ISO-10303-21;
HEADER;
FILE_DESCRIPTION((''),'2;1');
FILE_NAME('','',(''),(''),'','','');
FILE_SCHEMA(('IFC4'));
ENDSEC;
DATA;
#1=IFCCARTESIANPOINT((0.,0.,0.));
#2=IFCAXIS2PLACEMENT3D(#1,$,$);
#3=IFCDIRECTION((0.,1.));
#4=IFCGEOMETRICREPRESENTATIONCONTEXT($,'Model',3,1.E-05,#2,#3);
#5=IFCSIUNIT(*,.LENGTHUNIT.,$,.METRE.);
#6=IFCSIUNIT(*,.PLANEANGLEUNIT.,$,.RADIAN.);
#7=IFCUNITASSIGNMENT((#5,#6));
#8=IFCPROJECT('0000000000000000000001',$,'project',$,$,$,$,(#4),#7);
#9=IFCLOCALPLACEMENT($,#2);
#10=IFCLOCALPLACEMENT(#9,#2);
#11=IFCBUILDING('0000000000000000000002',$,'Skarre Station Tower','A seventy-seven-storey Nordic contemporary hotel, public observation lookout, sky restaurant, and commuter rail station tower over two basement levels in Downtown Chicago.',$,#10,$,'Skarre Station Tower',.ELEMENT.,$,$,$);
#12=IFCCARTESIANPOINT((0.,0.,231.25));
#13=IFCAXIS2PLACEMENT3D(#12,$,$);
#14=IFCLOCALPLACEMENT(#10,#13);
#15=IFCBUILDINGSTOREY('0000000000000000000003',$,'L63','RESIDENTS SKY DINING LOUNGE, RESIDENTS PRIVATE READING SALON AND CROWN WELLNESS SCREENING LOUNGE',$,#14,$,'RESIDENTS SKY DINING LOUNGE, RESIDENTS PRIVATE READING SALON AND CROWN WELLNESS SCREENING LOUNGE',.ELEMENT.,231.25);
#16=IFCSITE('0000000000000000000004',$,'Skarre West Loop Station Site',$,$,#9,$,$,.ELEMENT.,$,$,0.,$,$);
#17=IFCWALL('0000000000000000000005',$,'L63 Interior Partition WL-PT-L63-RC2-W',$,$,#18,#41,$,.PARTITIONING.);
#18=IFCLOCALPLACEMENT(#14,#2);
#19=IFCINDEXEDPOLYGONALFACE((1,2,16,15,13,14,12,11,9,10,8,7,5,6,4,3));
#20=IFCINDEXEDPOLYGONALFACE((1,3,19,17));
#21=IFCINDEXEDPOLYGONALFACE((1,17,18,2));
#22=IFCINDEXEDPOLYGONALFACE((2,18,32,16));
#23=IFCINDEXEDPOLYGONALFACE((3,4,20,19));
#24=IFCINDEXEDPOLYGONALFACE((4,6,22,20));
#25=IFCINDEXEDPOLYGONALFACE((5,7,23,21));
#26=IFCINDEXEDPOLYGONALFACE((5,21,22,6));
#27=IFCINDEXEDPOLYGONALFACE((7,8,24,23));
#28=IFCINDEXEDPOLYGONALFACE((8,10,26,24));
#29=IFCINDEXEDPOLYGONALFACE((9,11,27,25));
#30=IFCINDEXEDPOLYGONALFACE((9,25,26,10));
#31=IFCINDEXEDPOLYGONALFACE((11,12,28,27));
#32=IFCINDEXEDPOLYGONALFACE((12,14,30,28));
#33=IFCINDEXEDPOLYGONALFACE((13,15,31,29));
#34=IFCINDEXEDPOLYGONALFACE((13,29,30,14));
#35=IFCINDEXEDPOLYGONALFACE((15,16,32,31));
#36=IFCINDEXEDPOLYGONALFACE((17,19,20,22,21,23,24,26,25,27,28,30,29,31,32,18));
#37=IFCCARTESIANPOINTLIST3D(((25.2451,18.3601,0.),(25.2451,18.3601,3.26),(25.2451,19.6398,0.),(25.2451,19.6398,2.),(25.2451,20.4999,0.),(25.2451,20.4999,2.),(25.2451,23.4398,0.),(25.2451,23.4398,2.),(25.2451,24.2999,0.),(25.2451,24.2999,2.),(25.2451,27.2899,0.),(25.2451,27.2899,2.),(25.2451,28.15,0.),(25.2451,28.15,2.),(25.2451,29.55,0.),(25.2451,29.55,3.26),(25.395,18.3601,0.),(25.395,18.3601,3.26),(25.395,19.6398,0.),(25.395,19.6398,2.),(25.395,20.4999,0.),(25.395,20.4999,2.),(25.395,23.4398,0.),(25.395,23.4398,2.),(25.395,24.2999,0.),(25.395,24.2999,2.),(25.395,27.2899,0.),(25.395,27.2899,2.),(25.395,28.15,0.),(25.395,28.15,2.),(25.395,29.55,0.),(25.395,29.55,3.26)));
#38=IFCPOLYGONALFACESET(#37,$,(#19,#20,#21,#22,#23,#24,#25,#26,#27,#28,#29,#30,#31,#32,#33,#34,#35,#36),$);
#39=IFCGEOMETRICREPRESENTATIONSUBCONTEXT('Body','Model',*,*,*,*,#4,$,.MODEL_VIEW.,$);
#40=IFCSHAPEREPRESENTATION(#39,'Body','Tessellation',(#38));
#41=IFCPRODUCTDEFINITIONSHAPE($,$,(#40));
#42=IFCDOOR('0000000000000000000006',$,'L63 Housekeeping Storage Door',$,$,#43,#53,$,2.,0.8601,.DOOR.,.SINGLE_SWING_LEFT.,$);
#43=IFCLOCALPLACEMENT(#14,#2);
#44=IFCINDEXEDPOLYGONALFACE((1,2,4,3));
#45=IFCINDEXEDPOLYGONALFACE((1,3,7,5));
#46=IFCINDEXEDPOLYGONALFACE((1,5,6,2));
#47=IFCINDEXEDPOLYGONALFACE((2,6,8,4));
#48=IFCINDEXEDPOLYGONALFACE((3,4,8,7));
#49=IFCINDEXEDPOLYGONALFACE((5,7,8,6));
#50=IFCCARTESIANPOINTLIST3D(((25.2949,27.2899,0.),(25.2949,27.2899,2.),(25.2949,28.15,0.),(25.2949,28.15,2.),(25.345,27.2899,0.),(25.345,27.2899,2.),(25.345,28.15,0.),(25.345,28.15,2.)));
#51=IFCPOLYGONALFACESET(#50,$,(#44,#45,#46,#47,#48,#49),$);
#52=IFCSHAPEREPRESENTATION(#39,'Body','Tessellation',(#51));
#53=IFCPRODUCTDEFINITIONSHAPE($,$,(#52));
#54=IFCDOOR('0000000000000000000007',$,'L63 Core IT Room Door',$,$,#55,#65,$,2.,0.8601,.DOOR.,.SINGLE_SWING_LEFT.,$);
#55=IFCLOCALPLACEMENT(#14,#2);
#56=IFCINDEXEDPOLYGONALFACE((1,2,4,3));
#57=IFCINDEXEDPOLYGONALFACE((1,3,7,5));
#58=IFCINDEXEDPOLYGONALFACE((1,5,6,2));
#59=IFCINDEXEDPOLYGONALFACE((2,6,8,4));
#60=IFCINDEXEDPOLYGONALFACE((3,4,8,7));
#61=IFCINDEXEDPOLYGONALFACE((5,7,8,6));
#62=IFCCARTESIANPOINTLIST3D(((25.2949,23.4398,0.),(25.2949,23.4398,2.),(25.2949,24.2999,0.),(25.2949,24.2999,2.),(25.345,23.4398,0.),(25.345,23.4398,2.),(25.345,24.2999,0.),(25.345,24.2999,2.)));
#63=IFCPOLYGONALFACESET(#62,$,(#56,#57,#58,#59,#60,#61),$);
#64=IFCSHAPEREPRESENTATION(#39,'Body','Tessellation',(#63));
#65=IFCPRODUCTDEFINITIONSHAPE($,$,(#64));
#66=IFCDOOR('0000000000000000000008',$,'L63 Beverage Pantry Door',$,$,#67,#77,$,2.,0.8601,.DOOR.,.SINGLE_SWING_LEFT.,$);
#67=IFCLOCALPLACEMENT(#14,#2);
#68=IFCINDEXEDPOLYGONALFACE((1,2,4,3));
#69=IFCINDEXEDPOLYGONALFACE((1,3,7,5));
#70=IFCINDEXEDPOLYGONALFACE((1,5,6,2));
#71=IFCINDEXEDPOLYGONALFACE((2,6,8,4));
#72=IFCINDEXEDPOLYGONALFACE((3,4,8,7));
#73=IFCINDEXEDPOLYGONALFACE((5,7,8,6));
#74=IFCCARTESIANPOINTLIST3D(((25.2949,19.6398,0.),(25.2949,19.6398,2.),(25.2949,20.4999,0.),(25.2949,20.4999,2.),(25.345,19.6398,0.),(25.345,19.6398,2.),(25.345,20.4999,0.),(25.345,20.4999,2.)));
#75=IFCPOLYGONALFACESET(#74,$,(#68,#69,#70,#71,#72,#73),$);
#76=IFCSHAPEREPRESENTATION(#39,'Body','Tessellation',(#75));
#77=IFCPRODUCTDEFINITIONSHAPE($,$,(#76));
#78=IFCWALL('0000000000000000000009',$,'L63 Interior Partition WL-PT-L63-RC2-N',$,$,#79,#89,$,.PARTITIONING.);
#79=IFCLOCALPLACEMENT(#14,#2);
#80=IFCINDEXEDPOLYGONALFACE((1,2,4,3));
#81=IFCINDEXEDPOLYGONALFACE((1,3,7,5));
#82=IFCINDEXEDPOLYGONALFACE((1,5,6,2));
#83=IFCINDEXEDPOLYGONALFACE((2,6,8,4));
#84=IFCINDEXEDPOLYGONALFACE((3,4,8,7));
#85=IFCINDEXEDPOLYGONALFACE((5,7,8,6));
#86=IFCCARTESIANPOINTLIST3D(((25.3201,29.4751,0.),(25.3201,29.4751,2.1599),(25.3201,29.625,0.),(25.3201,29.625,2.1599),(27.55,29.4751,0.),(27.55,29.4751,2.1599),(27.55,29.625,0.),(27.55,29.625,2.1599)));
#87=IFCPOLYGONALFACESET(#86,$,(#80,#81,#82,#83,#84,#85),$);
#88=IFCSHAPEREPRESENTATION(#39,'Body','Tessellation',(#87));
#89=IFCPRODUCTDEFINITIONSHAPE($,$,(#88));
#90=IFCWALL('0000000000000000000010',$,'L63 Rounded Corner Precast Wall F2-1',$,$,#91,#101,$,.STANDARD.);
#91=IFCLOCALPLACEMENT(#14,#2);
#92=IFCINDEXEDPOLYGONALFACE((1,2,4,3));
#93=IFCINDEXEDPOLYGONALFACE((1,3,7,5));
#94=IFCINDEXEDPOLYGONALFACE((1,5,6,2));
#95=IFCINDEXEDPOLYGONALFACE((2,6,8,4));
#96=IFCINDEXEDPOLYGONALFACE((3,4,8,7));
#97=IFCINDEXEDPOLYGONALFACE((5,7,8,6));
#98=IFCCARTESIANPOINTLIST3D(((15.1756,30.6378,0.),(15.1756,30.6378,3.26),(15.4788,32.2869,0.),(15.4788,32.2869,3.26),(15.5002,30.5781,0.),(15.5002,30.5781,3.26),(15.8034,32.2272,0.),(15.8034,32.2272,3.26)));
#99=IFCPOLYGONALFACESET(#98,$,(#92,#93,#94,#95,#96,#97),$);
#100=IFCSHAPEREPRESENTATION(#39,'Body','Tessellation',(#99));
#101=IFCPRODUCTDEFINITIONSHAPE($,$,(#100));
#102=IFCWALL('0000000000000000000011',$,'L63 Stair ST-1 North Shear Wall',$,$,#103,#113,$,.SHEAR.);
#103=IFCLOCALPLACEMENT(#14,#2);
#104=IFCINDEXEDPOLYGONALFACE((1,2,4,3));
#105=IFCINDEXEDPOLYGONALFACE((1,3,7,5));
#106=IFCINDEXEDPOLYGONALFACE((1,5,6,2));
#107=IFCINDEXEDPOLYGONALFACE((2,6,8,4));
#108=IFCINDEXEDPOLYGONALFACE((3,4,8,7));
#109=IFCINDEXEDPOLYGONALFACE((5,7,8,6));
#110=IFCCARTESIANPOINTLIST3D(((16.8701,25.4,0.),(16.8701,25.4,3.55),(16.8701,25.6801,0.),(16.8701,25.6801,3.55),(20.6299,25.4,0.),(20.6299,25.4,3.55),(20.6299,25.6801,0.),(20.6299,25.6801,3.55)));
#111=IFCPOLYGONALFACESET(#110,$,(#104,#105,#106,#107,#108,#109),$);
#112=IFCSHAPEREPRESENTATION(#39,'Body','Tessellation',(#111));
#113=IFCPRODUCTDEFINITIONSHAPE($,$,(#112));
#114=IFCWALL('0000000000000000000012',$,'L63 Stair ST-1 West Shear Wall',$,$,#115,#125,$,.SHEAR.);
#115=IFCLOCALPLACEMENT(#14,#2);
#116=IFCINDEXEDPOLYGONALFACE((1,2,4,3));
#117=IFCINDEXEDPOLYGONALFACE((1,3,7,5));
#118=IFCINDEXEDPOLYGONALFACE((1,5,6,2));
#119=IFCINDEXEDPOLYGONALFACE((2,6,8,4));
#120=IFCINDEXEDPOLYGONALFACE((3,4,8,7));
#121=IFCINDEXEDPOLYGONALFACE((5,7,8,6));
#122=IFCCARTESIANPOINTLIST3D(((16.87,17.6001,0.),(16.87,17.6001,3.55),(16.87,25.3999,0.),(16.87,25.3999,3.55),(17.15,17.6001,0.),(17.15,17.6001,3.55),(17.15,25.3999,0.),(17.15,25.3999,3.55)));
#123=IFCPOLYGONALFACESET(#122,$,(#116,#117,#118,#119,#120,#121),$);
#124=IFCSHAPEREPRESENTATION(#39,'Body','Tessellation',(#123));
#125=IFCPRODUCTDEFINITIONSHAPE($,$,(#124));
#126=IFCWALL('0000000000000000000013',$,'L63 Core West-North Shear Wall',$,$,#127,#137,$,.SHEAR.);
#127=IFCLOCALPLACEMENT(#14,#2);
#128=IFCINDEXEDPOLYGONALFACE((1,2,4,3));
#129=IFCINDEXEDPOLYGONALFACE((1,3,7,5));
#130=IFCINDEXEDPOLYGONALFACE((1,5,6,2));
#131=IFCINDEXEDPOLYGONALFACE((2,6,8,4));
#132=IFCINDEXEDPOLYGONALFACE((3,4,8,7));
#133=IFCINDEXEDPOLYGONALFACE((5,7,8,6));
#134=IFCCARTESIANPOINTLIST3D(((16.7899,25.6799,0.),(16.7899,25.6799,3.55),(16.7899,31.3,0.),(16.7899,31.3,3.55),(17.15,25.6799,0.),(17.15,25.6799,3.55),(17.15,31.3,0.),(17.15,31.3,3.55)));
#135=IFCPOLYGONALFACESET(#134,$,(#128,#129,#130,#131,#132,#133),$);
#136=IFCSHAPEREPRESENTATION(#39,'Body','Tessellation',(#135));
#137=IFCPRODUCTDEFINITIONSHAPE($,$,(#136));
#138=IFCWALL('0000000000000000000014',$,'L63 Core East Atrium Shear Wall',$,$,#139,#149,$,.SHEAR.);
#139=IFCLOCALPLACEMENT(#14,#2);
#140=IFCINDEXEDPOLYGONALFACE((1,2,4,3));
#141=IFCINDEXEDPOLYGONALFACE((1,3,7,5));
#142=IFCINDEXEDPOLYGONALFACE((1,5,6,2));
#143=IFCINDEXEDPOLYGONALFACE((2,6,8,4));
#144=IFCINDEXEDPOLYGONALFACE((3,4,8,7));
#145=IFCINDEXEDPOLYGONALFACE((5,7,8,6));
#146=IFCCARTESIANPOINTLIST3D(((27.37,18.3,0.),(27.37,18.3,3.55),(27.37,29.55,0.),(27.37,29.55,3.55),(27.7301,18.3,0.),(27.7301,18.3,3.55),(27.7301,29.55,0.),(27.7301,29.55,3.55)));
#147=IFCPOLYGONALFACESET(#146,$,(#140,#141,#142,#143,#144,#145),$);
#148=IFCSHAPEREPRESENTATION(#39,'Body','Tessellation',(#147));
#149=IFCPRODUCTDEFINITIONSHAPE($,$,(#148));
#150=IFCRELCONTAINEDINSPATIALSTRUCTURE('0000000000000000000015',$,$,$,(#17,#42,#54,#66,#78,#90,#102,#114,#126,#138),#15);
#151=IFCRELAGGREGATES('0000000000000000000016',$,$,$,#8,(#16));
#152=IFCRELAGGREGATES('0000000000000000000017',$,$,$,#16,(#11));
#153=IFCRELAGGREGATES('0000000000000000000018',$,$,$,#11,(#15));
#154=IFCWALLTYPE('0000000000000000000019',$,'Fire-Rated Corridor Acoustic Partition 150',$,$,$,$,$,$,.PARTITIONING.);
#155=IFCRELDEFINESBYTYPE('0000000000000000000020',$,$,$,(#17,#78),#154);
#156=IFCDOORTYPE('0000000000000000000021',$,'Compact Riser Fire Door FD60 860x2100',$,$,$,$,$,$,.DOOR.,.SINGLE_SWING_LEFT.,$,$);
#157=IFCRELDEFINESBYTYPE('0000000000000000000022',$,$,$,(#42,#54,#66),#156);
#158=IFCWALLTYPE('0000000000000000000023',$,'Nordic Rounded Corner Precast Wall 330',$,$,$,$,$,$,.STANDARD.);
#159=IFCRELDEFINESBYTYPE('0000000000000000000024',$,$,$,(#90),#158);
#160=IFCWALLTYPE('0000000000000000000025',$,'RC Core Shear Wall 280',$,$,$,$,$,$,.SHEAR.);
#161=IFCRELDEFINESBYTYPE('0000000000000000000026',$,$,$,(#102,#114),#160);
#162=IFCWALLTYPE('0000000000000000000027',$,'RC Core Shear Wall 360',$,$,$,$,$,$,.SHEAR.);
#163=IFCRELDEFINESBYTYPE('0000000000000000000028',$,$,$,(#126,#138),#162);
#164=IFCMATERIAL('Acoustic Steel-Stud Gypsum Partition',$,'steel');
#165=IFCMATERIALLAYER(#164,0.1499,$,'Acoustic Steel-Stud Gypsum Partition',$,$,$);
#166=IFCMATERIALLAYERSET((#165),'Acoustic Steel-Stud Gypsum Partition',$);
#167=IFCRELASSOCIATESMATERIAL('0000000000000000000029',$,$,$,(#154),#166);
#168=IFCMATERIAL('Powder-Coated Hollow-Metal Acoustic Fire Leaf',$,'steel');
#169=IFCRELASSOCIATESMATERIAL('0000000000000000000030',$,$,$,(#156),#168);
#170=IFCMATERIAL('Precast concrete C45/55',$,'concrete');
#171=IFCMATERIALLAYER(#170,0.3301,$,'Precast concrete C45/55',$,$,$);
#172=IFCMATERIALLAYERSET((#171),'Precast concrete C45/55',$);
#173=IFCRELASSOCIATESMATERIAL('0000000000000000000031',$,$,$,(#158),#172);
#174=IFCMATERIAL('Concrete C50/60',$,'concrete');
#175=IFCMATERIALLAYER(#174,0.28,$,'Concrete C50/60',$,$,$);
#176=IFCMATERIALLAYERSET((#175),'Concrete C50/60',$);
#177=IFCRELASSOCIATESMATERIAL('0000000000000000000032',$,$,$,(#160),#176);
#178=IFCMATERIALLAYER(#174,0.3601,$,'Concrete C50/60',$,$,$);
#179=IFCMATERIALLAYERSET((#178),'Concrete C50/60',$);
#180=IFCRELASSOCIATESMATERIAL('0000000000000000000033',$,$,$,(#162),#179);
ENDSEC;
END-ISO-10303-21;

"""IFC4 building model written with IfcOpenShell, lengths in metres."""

from ifc_helpers import new_model, si_unit, direction, frame, frame_2d, origin, place, context, subcontext, project, spatial, rectangle, extrude, material, layer, layer_set, type_object, element, fill, save


model = new_model("IFC4")

# Units and contexts
model_context = context("Model", 3, precision=1e-05, world=origin(), true_north=direction((0.0, 1.0)))
body_context = subcontext(model_context, "Body", "Model", "MODEL_VIEW")
ifc_project = project(units=[si_unit("LENGTHUNIT", "METRE"), si_unit("PLANEANGLEUNIT", "RADIAN")], contexts=[model_context])

# Site, building, storey
site_placement = place(None, origin())
site = spatial("IfcSite", under=ifc_project, at=site_placement, Name="Skarre West Loop Station Site", CompositionType="ELEMENT", RefElevation=0.0)
building_placement = place(site_placement, origin())
building = spatial("IfcBuilding", under=site, at=building_placement, Name="Skarre Station Tower", Description="A seventy-seven-storey Nordic contemporary hotel, public observation lookout, sky restaurant, and commuter rail station tower over two basement levels in Downtown Chicago.", LongName="Skarre Station Tower", CompositionType="ELEMENT")
storey_placement = place(building_placement, frame((0.0, 0.0, 231.25)))
storey = spatial("IfcBuildingStorey", under=building, at=storey_placement, Name="L63", Description="RESIDENTS SKY DINING LOUNGE, RESIDENTS PRIVATE READING SALON AND CROWN WELLNESS SCREENING LOUNGE", LongName="RESIDENTS SKY DINING LOUNGE, RESIDENTS PRIVATE READING SALON AND CROWN WELLNESS SCREENING LOUNGE", CompositionType="ELEMENT", Elevation=231.25)

# Shared definitions
ifc_material_1 = material(Name="Concrete C50/60", Category="concrete")

# Shared definitions
ifc_material_2 = material(Name="Acoustic Steel-Stud Gypsum Partition", Category="steel")
ifc_layer_1 = layer(ifc_material_2, 0.1499, Name="Acoustic Steel-Stud Gypsum Partition")
ifc_layer_set_1 = layer_set([ifc_layer_1], Name="Acoustic Steel-Stud Gypsum Partition")
wall_type_1 = type_object("IfcWallType", Name="Fire-Rated Corridor Acoustic Partition 150", PredefinedType="PARTITIONING", material=ifc_layer_set_1)

# Wall, openings, doors
wall_1_placement = place(storey_placement, frame((25.3201, 29.55, 0.0), z_axis=(0.0, 0.0, 1.0), x_axis=(0.0, -1.0, 0.0)))
wall_1 = element("IfcWall", 1, at=wall_1_placement, inside=storey, type_object=wall_type_1, Name="L63 Interior Partition WL-PT-L63-RC2-W", PredefinedType="PARTITIONING", context=body_context, shape_type="SweptSolid", body=[
    extrude(rectangle(XDim=11.1899, YDim=0.1499, at=frame_2d((5.595, 0.0))), origin(), (0.0, 0.0, 1.0), 3.26),
])
opening_1_placement = place(wall_1_placement, frame((1.3999, 0.0, 0.0)))
opening_1 = element("IfcOpeningElement", 2, at=opening_1_placement, cuts=wall_1, PredefinedType="OPENING", context=body_context, shape_type="SweptSolid", body=[
    extrude(rectangle(XDim=0.8601, YDim=2.0, at=frame_2d((0.4302, 1.0))), frame((0.0, 0.085, 0.0), z_axis=(0.0, -1.0, 0.0), x_axis=(1.0, 0.0, 0.0)), (0.0, 0.0, 1.0), 0.1699),
])
opening_2_placement = place(wall_1_placement, frame((5.25, 0.0, 0.0)))
opening_2 = element("IfcOpeningElement", 3, at=opening_2_placement, cuts=wall_1, PredefinedType="OPENING", context=body_context, shape_type="SweptSolid", body=[
    extrude(rectangle(XDim=0.8601, YDim=2.0, at=frame_2d((0.4302, 1.0))), frame((0.0, 0.085, 0.0), z_axis=(0.0, -1.0, 0.0), x_axis=(1.0, 0.0, 0.0)), (0.0, 0.0, 1.0), 0.1699),
])
opening_3_placement = place(wall_1_placement, frame((9.05, 0.0, 0.0)))
opening_3 = element("IfcOpeningElement", 4, at=opening_3_placement, cuts=wall_1, PredefinedType="OPENING", context=body_context, shape_type="SweptSolid", body=[
    extrude(rectangle(XDim=0.8601, YDim=2.0, at=frame_2d((0.4302, 1.0))), frame((0.0, 0.085, 0.0), z_axis=(0.0, -1.0, 0.0), x_axis=(1.0, 0.0, 0.0)), (0.0, 0.0, 1.0), 0.1699),
])
ifc_material_3 = material(Name="Powder-Coated Hollow-Metal Acoustic Fire Leaf", Category="steel")
door_type_1 = type_object("IfcDoorType", Name="Compact Riser Fire Door FD60 860x2100", OperationType="SINGLE_SWING_LEFT", PredefinedType="DOOR", material=ifc_material_3)
door_1_placement = place(opening_1_placement, origin())
door_1 = element("IfcDoor", 5, at=door_1_placement, inside=storey, type_object=door_type_1, Name="L63 Housekeeping Storage Door", OperationType="SINGLE_SWING_LEFT", OverallHeight=2.0, OverallWidth=0.8601, PredefinedType="DOOR", context=body_context, shape_type="SweptSolid", body=[
    extrude(rectangle(XDim=0.8601, YDim=2.0, at=frame_2d((0.4302, 1.0))), frame((0.0, 0.0249, 0.0), z_axis=(0.0, -1.0, 0.0), x_axis=(1.0, 0.0, 0.0)), (0.0, 0.0, 1.0), 0.05),
])
fill(opening_1, door_1)
door_2_placement = place(opening_2_placement, origin())
door_2 = element("IfcDoor", 6, at=door_2_placement, inside=storey, type_object=door_type_1, Name="L63 Core IT Room Door", OperationType="SINGLE_SWING_LEFT", OverallHeight=2.0, OverallWidth=0.8601, PredefinedType="DOOR", context=body_context, shape_type="SweptSolid", body=[
    extrude(rectangle(XDim=0.8601, YDim=2.0, at=frame_2d((0.4302, 1.0))), frame((0.0, 0.0249, 0.0), z_axis=(0.0, -1.0, 0.0), x_axis=(1.0, 0.0, 0.0)), (0.0, 0.0, 1.0), 0.05),
])
fill(opening_2, door_2)
door_3_placement = place(opening_3_placement, origin())
door_3 = element("IfcDoor", 7, at=door_3_placement, inside=storey, type_object=door_type_1, Name="L63 Beverage Pantry Door", OperationType="SINGLE_SWING_LEFT", OverallHeight=2.0, OverallWidth=0.8601, PredefinedType="DOOR", context=body_context, shape_type="SweptSolid", body=[
    extrude(rectangle(XDim=0.8601, YDim=2.0, at=frame_2d((0.4302, 1.0))), frame((0.0, 0.0249, 0.0), z_axis=(0.0, -1.0, 0.0), x_axis=(1.0, 0.0, 0.0)), (0.0, 0.0, 1.0), 0.05),
])
fill(opening_3, door_3)

# Walls
wall_2_placement = place(storey_placement, frame((27.55, 29.55, 0.0), z_axis=(0.0, 0.0, 1.0), x_axis=(-1.0, 0.0, 0.0)))
element("IfcWall", 8, at=wall_2_placement, inside=storey, type_object=wall_type_1, Name="L63 Interior Partition WL-PT-L63-RC2-N", PredefinedType="PARTITIONING", context=body_context, shape_type="SweptSolid", body=[
    extrude(rectangle(XDim=2.23, YDim=0.1499, at=frame_2d((1.115, 0.0))), origin(), (0.0, 0.0, 1.0), 2.1599),
])
ifc_material_4 = material(Name="Precast concrete C45/55", Category="concrete")
ifc_layer_2 = layer(ifc_material_4, 0.3301, Name="Precast concrete C45/55")
ifc_layer_set_2 = layer_set([ifc_layer_2], Name="Precast concrete C45/55")
wall_type_2 = type_object("IfcWallType", Name="Nordic Rounded Corner Precast Wall 330", PredefinedType="STANDARD", material=ifc_layer_set_2)
wall_3_placement = place(storey_placement, frame((15.3379, 30.6079, 0.0), z_axis=(0.0, 0.0, 1.0), x_axis=(0.180833, 0.983514, 0.0)))
element("IfcWall", 9, at=wall_3_placement, inside=storey, type_object=wall_type_2, Name="L63 Rounded Corner Precast Wall F2-1", PredefinedType="STANDARD", context=body_context, shape_type="SweptSolid", body=[
    extrude(rectangle(XDim=1.6768, YDim=0.3301, at=frame_2d((0.8384, 0.0))), origin(), (0.0, 0.0, 1.0), 3.26),
])
ifc_layer_3 = layer(ifc_material_1, 0.28, Name="Concrete C50/60")
ifc_layer_set_3 = layer_set([ifc_layer_3], Name="Concrete C50/60")
wall_type_3 = type_object("IfcWallType", Name="RC Core Shear Wall 280", PredefinedType="SHEAR", material=ifc_layer_set_3)
wall_4_placement = place(storey_placement, frame((20.6299, 25.54, 0.0), z_axis=(0.0, 0.0, 1.0), x_axis=(-1.0, 0.0, 0.0)))
element("IfcWall", 10, at=wall_4_placement, inside=storey, type_object=wall_type_3, Name="L63 Stair ST-1 North Shear Wall", PredefinedType="SHEAR", context=body_context, shape_type="SweptSolid", body=[
    extrude(rectangle(XDim=3.7598, YDim=0.28, at=frame_2d((1.8799, 0.0))), origin(), (0.0, 0.0, 1.0), 3.55),
])
wall_5_placement = place(storey_placement, frame((17.01, 25.3999, 0.0), z_axis=(0.0, 0.0, 1.0), x_axis=(0.0, -1.0, 0.0)))
element("IfcWall", 11, at=wall_5_placement, inside=storey, type_object=wall_type_3, Name="L63 Stair ST-1 West Shear Wall", PredefinedType="SHEAR", context=body_context, shape_type="SweptSolid", body=[
    extrude(rectangle(XDim=7.7998, YDim=0.28, at=frame_2d((3.8999, 0.0))), origin(), (0.0, 0.0, 1.0), 3.55),
])
ifc_layer_4 = layer(ifc_material_1, 0.3601, Name="Concrete C50/60")
ifc_layer_set_4 = layer_set([ifc_layer_4], Name="Concrete C50/60")
wall_type_4 = type_object("IfcWallType", Name="RC Core Shear Wall 360", PredefinedType="SHEAR", material=ifc_layer_set_4)
wall_6_placement = place(storey_placement, frame((16.97, 25.6799, 0.0), z_axis=(0.0, 0.0, 1.0), x_axis=(0.0, 1.0, 0.0)))
element("IfcWall", 12, at=wall_6_placement, inside=storey, type_object=wall_type_4, Name="L63 Core West-North Shear Wall", PredefinedType="SHEAR", context=body_context, shape_type="SweptSolid", body=[
    extrude(rectangle(XDim=5.6201, YDim=0.3601, at=frame_2d((2.8101, 0.0))), origin(), (0.0, 0.0, 1.0), 3.55),
])
wall_7_placement = place(storey_placement, frame((27.55, 29.55, 0.0), z_axis=(0.0, 0.0, 1.0), x_axis=(0.0, -1.0, 0.0)))
element("IfcWall", 13, at=wall_7_placement, inside=storey, type_object=wall_type_4, Name="L63 Core East Atrium Shear Wall", PredefinedType="SHEAR", context=body_context, shape_type="SweptSolid", body=[
    extrude(rectangle(XDim=11.25, YDim=0.3601, at=frame_2d((5.625, 0.0))), origin(), (0.0, 0.0, 1.0), 3.55),
])

save(model, "model.ifc")
